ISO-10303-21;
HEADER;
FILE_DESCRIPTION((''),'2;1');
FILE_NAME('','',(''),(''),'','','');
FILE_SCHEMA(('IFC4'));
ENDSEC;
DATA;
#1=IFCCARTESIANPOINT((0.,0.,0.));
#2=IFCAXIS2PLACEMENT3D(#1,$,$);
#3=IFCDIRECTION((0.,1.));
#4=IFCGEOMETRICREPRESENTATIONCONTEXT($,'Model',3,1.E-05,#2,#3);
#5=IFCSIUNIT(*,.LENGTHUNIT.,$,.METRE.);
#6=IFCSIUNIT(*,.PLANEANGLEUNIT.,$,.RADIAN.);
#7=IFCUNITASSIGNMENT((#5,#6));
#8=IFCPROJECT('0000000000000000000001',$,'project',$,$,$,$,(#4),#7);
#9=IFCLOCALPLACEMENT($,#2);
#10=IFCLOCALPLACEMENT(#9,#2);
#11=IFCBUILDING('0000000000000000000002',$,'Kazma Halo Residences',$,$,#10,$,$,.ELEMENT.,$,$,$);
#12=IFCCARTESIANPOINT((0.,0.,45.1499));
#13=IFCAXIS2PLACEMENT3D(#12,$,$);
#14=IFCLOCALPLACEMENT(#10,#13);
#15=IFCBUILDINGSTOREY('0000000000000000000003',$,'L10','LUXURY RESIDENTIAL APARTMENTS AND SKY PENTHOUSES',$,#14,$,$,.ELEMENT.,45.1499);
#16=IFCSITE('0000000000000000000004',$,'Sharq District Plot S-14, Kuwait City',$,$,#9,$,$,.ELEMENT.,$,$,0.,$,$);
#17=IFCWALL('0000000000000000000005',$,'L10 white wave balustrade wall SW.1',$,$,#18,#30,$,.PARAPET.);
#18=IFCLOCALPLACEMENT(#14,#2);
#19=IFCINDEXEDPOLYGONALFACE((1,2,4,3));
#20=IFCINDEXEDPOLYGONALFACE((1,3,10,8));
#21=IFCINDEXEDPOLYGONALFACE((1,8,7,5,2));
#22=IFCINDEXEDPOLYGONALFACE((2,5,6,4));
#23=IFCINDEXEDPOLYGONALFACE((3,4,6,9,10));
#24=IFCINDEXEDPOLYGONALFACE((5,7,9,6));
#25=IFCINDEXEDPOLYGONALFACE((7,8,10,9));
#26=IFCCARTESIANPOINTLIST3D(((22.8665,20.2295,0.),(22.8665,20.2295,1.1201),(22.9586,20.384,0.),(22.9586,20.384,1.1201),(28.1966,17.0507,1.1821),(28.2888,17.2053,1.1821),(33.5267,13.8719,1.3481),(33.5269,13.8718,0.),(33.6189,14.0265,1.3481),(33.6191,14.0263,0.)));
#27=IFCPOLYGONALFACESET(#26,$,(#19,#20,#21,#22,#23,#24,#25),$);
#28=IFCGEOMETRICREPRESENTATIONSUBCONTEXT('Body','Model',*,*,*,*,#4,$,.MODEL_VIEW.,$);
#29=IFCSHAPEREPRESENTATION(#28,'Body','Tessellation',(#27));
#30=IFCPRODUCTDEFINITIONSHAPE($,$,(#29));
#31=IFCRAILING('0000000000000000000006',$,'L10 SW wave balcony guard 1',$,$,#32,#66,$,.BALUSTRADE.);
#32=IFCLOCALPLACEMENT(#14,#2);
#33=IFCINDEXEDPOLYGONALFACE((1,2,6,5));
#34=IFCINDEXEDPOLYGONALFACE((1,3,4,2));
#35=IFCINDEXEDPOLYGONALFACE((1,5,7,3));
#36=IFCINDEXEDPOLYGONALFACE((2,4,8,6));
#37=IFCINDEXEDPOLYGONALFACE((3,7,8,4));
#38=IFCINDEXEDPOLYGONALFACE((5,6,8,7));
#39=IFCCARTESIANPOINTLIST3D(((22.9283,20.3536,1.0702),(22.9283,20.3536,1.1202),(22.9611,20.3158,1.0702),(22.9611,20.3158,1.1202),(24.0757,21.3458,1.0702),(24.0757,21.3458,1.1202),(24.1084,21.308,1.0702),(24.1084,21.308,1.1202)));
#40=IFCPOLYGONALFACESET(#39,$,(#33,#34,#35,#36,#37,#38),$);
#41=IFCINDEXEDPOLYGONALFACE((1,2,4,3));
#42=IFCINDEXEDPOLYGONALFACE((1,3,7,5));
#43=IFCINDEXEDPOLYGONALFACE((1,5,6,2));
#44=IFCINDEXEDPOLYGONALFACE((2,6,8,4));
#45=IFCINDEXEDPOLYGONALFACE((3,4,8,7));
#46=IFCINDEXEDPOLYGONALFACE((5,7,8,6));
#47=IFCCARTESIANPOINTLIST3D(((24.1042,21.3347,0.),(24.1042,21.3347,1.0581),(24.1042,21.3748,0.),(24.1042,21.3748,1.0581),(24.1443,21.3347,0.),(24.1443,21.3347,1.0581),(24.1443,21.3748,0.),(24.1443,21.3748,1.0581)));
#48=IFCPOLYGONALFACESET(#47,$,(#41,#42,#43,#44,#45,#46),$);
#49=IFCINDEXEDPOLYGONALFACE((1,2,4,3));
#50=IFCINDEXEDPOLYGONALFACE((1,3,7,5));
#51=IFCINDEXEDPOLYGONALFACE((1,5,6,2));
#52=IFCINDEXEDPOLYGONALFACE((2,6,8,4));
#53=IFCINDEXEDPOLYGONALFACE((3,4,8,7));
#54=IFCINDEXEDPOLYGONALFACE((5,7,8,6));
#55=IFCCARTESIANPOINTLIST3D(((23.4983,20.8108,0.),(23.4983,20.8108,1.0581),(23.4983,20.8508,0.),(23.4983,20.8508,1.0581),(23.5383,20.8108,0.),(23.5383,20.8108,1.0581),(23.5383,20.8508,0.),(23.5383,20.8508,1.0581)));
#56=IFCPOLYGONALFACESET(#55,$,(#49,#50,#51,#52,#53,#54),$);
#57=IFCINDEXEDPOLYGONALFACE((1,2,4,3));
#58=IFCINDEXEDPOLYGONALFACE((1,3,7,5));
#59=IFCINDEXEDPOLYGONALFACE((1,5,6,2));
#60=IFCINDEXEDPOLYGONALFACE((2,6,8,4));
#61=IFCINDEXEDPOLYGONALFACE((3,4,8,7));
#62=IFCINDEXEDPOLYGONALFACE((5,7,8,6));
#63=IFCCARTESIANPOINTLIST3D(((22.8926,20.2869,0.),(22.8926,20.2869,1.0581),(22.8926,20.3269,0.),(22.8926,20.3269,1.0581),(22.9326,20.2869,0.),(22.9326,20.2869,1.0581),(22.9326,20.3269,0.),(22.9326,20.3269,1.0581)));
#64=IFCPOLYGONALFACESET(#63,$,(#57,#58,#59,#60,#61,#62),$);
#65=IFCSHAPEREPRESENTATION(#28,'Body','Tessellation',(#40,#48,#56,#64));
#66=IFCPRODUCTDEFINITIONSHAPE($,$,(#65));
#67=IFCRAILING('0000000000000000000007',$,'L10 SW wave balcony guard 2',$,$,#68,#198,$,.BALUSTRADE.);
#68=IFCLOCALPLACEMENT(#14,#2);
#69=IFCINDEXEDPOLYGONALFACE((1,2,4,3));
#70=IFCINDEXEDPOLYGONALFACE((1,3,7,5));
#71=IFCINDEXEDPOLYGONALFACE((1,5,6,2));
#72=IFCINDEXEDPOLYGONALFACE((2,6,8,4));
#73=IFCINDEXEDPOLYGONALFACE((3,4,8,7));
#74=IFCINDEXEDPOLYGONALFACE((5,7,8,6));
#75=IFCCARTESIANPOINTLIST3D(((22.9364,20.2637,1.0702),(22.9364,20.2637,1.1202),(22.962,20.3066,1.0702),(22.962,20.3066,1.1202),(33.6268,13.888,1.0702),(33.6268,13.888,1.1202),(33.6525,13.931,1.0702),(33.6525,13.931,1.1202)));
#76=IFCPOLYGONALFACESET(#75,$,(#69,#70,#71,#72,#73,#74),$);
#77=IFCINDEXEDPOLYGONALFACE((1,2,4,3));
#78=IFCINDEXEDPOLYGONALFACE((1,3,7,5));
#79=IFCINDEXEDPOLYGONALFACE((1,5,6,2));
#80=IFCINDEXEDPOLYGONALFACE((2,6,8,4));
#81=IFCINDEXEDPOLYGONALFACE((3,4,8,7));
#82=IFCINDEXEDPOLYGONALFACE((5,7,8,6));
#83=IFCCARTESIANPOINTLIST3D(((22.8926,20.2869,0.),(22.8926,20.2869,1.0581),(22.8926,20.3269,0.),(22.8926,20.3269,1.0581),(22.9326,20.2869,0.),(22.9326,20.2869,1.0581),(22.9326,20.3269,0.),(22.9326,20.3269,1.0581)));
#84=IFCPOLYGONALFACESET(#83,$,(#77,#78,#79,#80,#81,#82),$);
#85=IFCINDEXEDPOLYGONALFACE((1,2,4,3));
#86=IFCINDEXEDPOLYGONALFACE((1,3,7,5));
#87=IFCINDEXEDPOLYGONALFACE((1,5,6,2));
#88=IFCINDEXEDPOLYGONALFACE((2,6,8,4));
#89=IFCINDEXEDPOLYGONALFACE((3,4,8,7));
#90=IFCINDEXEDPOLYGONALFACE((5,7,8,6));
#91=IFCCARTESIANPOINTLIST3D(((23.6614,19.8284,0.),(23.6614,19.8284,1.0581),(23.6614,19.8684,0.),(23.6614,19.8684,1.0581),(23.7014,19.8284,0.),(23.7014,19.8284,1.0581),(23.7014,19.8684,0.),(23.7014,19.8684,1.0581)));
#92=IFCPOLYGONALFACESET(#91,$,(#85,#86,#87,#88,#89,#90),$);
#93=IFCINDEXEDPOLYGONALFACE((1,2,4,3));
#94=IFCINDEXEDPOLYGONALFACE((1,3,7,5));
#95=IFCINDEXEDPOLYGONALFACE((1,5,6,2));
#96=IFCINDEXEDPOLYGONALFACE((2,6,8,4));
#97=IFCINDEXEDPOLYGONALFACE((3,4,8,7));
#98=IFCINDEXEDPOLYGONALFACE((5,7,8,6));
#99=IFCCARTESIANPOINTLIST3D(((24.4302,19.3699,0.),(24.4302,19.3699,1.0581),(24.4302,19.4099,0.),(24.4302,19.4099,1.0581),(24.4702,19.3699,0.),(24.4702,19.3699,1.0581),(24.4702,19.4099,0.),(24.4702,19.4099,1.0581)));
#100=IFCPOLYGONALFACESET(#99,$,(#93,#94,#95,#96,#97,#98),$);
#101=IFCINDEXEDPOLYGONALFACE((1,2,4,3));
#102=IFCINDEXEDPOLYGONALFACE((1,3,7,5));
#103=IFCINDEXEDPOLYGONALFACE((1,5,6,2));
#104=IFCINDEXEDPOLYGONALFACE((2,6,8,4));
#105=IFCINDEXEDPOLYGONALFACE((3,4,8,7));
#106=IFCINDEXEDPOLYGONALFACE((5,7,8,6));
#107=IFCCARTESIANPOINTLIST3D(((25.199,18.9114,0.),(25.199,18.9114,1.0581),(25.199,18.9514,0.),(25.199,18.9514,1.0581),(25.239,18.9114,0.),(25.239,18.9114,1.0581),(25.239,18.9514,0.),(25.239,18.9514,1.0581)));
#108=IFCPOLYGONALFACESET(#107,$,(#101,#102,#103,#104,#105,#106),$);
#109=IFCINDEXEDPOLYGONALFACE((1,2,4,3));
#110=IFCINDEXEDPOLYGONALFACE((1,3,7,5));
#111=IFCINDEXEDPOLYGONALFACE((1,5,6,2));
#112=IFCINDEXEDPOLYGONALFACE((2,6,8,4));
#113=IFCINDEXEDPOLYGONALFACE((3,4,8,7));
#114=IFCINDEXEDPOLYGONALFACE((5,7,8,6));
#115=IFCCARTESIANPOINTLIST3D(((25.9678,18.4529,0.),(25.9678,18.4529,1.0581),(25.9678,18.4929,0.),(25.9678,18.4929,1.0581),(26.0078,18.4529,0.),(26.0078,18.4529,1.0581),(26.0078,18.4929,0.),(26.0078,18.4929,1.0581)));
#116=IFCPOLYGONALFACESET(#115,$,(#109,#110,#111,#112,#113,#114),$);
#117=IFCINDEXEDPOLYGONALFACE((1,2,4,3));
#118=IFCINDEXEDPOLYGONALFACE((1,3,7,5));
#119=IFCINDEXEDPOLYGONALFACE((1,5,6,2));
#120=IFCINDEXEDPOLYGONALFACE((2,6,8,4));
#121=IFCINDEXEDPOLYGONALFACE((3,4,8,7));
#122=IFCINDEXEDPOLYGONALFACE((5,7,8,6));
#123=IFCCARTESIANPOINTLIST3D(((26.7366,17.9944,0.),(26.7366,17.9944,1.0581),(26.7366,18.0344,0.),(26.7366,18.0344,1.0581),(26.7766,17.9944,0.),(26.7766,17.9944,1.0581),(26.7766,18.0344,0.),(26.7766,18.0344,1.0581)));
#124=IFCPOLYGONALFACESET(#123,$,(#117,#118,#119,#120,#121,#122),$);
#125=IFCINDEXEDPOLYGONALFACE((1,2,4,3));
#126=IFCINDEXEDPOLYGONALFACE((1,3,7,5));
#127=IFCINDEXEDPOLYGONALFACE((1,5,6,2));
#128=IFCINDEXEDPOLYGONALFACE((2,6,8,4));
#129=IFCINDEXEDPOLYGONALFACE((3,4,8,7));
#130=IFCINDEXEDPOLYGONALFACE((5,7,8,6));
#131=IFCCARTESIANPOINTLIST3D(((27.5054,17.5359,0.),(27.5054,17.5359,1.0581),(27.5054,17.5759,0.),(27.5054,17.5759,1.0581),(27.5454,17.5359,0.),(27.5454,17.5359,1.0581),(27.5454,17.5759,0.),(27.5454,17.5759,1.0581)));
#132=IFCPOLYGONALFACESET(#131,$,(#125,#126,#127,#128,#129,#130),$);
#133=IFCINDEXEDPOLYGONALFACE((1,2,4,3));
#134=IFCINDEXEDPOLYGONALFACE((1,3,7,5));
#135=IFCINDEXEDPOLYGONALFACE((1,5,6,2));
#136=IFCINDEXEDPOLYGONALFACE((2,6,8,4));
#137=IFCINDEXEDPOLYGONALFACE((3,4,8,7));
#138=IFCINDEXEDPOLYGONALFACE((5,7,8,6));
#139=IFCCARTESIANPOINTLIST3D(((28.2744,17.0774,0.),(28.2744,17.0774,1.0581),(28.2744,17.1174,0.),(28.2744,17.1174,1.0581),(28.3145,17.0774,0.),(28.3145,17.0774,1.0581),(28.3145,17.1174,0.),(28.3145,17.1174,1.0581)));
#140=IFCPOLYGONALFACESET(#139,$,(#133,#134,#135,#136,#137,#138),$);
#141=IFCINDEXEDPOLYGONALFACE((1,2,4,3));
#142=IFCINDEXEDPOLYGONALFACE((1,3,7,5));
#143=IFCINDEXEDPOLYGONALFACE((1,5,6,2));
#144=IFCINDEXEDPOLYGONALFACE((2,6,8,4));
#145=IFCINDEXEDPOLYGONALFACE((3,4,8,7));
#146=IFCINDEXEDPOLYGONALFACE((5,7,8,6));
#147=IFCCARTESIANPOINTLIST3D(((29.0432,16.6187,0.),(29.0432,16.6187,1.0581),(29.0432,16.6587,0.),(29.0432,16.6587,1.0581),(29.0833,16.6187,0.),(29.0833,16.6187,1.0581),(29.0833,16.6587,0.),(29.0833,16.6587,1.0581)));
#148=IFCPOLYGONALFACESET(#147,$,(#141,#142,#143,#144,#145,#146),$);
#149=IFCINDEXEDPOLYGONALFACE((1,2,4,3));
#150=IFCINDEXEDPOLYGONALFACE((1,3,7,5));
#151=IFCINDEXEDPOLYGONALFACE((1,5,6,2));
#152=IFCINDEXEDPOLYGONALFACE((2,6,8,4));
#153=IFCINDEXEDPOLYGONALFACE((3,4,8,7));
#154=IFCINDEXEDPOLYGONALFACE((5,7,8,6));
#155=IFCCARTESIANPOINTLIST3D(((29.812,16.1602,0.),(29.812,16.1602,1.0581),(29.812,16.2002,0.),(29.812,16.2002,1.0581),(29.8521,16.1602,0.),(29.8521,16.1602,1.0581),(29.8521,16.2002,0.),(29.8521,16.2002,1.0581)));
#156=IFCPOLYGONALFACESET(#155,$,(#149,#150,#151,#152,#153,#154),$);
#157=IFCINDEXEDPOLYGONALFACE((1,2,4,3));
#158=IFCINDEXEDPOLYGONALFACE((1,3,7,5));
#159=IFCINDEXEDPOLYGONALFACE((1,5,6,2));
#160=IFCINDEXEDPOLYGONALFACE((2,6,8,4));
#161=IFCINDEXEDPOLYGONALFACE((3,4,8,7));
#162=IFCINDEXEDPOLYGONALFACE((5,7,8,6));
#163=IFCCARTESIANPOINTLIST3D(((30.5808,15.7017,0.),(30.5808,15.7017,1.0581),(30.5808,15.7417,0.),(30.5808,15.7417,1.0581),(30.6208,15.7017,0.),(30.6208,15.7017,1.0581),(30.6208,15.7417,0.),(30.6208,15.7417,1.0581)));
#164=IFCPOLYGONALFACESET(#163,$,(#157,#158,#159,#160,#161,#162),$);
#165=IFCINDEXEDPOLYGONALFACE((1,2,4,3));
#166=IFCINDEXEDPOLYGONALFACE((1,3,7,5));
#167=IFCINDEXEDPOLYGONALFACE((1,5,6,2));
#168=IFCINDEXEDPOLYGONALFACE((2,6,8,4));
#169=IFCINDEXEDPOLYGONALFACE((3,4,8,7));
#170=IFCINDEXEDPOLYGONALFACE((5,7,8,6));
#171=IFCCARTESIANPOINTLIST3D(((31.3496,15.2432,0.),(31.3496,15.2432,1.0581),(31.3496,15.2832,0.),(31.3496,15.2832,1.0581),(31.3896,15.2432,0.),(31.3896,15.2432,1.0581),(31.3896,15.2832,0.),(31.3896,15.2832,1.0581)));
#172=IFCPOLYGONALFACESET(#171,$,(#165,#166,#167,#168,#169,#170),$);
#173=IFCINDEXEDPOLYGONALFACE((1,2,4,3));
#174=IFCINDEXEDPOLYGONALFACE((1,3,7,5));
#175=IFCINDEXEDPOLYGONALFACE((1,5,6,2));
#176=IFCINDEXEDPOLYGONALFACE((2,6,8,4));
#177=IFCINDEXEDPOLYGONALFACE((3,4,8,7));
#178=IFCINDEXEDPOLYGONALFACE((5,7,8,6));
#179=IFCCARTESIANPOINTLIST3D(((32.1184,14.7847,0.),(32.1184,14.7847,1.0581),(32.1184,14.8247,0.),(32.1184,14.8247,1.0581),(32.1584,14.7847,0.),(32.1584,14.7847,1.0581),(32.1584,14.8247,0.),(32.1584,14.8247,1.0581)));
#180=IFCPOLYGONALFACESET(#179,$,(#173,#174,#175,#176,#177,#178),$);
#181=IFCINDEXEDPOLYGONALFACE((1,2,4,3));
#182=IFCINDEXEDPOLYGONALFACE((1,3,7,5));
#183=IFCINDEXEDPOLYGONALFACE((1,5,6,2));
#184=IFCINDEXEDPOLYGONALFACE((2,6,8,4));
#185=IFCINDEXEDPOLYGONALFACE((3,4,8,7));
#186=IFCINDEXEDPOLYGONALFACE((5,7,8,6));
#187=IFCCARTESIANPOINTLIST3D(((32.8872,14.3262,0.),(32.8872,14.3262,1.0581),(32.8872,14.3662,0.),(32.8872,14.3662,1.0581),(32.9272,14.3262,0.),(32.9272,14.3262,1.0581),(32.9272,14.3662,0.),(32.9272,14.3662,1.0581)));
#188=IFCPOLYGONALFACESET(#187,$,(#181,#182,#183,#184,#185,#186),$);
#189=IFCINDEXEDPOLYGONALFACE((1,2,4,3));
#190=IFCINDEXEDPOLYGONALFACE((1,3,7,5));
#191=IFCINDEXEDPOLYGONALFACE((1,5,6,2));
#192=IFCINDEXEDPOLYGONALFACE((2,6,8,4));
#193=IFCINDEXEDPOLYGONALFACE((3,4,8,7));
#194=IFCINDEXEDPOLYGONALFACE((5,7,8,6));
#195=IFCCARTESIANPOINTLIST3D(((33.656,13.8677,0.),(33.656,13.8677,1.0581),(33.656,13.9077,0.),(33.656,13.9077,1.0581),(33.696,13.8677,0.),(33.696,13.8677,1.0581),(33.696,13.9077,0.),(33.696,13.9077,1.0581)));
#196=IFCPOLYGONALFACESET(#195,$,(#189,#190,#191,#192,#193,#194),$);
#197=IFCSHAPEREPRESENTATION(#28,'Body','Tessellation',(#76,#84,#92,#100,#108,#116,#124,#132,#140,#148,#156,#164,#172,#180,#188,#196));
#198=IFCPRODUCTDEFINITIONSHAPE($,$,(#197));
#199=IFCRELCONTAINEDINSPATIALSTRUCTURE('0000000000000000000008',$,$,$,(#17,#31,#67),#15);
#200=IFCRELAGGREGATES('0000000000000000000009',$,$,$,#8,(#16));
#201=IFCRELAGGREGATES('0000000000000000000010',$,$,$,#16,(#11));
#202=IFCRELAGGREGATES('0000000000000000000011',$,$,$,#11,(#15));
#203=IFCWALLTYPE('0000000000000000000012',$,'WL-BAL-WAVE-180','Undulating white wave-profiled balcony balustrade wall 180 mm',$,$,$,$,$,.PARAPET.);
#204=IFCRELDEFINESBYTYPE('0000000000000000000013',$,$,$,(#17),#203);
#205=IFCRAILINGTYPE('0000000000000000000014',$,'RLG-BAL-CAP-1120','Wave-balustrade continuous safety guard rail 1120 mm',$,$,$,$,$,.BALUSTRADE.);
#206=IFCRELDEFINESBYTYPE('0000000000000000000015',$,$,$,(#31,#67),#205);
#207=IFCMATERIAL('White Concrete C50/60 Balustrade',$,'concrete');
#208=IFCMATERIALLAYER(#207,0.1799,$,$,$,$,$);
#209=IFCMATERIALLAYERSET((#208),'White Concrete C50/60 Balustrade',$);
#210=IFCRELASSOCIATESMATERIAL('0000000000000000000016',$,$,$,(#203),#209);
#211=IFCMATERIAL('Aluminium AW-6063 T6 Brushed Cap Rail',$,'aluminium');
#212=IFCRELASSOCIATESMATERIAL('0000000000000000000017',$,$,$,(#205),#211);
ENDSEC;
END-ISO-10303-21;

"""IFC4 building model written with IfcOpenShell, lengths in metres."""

from ifc_helpers import new_model, si_unit, direction, frame, origin, origin_2d, place, context, subcontext, project, spatial, polyline, rectangle, outline, extrude, material, layer, layer_set, type_object, element, save


model = new_model("IFC4")

# Units and contexts
model_context = context("Model", 3, precision=1e-05, world=origin(), true_north=direction((0.0, 1.0)))
body_context = subcontext(model_context, "Body", "Model", "MODEL_VIEW")
ifc_project = project(units=[si_unit("LENGTHUNIT", "METRE"), si_unit("PLANEANGLEUNIT", "RADIAN")], contexts=[model_context])

# Site, building, storey
site_placement = place(None, origin())
site = spatial("IfcSite", under=ifc_project, at=site_placement, Name="Sharq District Plot S-14, Kuwait City", CompositionType="ELEMENT", RefElevation=0.0)
building_placement = place(site_placement, origin())
building = spatial("IfcBuilding", under=site, at=building_placement, Name="Kazma Halo Residences", CompositionType="ELEMENT")
storey_placement = place(building_placement, frame((0.0, 0.0, 45.1499)))
storey = spatial("IfcBuildingStorey", under=building, at=storey_placement, Name="L10", Description="LUXURY RESIDENTIAL APARTMENTS AND SKY PENTHOUSES", CompositionType="ELEMENT", Elevation=45.1499)

# Wall
ifc_material_1 = material(Name="White Concrete C50/60 Balustrade", Category="concrete")
ifc_layer_1 = layer(ifc_material_1, 0.1799)
ifc_layer_set_1 = layer_set([ifc_layer_1], Name="White Concrete C50/60 Balustrade")
wall_type_1 = type_object("IfcWallType", Name="WL-BAL-WAVE-180", Description="Undulating white wave-profiled balcony balustrade wall 180 mm", PredefinedType="PARAPET", material=ifc_layer_set_1)
wall_1_placement = place(storey_placement, frame((22.9126, 20.3069, 0.0), z_axis=(0.0, 0.0, 1.0), x_axis=(0.858861, -0.512209, 0.0)))
element("IfcWall", 1, at=wall_1_placement, inside=storey, type_object=wall_type_1, Name="L10 white wave balustrade wall SW.1", PredefinedType="PARAPET", context=body_context, shape_type="SweptSolid", body=[
    extrude(outline(polyline([(0.0, 0.0), (12.4124, 0.0), (12.4121, 1.3481), (6.2061, 1.1821), (0.0, 1.1201), (0.0, 0.0)])), frame((0.0, 0.0898, 0.0), z_axis=(0.0, -1.0, 0.0), x_axis=(1.0, 0.0, 0.0)), (0.0, 0.0, 1.0), 0.1799),
])

# Railings
ifc_material_2 = material(Name="Aluminium AW-6063 T6 Brushed Cap Rail", Category="aluminium")
railing_type = type_object("IfcRailingType", Name="RLG-BAL-CAP-1120", Description="Wave-balustrade continuous safety guard rail 1120 mm", PredefinedType="BALUSTRADE", material=ifc_material_2)
railing_1_placement = place(storey_placement, frame((24.1243, 21.3547, 0.0)))
element("IfcRailing", 2, at=railing_1_placement, inside=storey, type_object=railing_type, Name="L10 SW wave balcony guard 1", PredefinedType="BALUSTRADE", context=body_context, shape_type="SweptSolid", body=[
    extrude(rectangle(XDim=0.05, YDim=0.05, at=origin_2d()), frame((-0.0322, -0.0278, 1.0952), z_axis=(-0.756388, -0.654124, 0.0), x_axis=(0.654124, -0.756388, 0.0)), (0.0, 0.0, 1.0), 1.5168),
    extrude(rectangle(XDim=0.04, YDim=0.04, at=origin_2d()), origin(), (0.0, 0.0, 1.0), 1.0581),
    extrude(rectangle(XDim=0.04, YDim=0.04, at=origin_2d()), frame((-0.606, -0.5239, 0.0)), (0.0, 0.0, 1.0), 1.0581),
    extrude(rectangle(XDim=0.04, YDim=0.04, at=origin_2d()), frame((-1.2117, -1.0479, 0.0)), (0.0, 0.0, 1.0), 1.0581),
])
railing_2_placement = place(storey_placement, frame((22.9126, 20.3069, 0.0)))
element("IfcRailing", 3, at=railing_2_placement, inside=storey, type_object=railing_type, Name="L10 SW wave balcony guard 2", PredefinedType="BALUSTRADE", context=body_context, shape_type="SweptSolid", body=[
    extrude(rectangle(XDim=0.05, YDim=0.05, at=origin_2d()), frame((0.0366, -0.0217, 1.0952), z_axis=(0.858858, -0.512214, 0.0), x_axis=(0.512214, 0.858858, 0.0)), (0.0, 0.0, 1.0), 12.4473),
    extrude(rectangle(XDim=0.04, YDim=0.04, at=origin_2d()), origin(), (0.0, 0.0, 1.0), 1.0581),
    extrude(rectangle(XDim=0.04, YDim=0.04, at=origin_2d()), frame((0.7688, -0.4585, 0.0)), (0.0, 0.0, 1.0), 1.0581),
    extrude(rectangle(XDim=0.04, YDim=0.04, at=origin_2d()), frame((1.5376, -0.917, 0.0)), (0.0, 0.0, 1.0), 1.0581),
    extrude(rectangle(XDim=0.04, YDim=0.04, at=origin_2d()), frame((2.3064, -1.3755, 0.0)), (0.0, 0.0, 1.0), 1.0581),
    extrude(rectangle(XDim=0.04, YDim=0.04, at=origin_2d()), frame((3.0752, -1.834, 0.0)), (0.0, 0.0, 1.0), 1.0581),
    extrude(rectangle(XDim=0.04, YDim=0.04, at=origin_2d()), frame((3.844, -2.2925, 0.0)), (0.0, 0.0, 1.0), 1.0581),
    extrude(rectangle(XDim=0.04, YDim=0.04, at=origin_2d()), frame((4.6128, -2.751, 0.0)), (0.0, 0.0, 1.0), 1.0581),
    extrude(rectangle(XDim=0.04, YDim=0.04, at=origin_2d()), frame((5.3818, -3.2095, 0.0)), (0.0, 0.0, 1.0), 1.0581),
    extrude(rectangle(XDim=0.04, YDim=0.04, at=origin_2d()), frame((6.1506, -3.6682, 0.0)), (0.0, 0.0, 1.0), 1.0581),
    extrude(rectangle(XDim=0.04, YDim=0.04, at=origin_2d()), frame((6.9194, -4.1267, 0.0)), (0.0, 0.0, 1.0), 1.0581),
    extrude(rectangle(XDim=0.04, YDim=0.04, at=origin_2d()), frame((7.6882, -4.5852, 0.0)), (0.0, 0.0, 1.0), 1.0581),
    extrude(rectangle(XDim=0.04, YDim=0.04, at=origin_2d()), frame((8.457, -5.0437, 0.0)), (0.0, 0.0, 1.0), 1.0581),
    extrude(rectangle(XDim=0.04, YDim=0.04, at=origin_2d()), frame((9.2258, -5.5022, 0.0)), (0.0, 0.0, 1.0), 1.0581),
    extrude(rectangle(XDim=0.04, YDim=0.04, at=origin_2d()), frame((9.9946, -5.9607, 0.0)), (0.0, 0.0, 1.0), 1.0581),
    extrude(rectangle(XDim=0.04, YDim=0.04, at=origin_2d()), frame((10.7634, -6.4192, 0.0)), (0.0, 0.0, 1.0), 1.0581),
])

save(model, "model.ifc")
